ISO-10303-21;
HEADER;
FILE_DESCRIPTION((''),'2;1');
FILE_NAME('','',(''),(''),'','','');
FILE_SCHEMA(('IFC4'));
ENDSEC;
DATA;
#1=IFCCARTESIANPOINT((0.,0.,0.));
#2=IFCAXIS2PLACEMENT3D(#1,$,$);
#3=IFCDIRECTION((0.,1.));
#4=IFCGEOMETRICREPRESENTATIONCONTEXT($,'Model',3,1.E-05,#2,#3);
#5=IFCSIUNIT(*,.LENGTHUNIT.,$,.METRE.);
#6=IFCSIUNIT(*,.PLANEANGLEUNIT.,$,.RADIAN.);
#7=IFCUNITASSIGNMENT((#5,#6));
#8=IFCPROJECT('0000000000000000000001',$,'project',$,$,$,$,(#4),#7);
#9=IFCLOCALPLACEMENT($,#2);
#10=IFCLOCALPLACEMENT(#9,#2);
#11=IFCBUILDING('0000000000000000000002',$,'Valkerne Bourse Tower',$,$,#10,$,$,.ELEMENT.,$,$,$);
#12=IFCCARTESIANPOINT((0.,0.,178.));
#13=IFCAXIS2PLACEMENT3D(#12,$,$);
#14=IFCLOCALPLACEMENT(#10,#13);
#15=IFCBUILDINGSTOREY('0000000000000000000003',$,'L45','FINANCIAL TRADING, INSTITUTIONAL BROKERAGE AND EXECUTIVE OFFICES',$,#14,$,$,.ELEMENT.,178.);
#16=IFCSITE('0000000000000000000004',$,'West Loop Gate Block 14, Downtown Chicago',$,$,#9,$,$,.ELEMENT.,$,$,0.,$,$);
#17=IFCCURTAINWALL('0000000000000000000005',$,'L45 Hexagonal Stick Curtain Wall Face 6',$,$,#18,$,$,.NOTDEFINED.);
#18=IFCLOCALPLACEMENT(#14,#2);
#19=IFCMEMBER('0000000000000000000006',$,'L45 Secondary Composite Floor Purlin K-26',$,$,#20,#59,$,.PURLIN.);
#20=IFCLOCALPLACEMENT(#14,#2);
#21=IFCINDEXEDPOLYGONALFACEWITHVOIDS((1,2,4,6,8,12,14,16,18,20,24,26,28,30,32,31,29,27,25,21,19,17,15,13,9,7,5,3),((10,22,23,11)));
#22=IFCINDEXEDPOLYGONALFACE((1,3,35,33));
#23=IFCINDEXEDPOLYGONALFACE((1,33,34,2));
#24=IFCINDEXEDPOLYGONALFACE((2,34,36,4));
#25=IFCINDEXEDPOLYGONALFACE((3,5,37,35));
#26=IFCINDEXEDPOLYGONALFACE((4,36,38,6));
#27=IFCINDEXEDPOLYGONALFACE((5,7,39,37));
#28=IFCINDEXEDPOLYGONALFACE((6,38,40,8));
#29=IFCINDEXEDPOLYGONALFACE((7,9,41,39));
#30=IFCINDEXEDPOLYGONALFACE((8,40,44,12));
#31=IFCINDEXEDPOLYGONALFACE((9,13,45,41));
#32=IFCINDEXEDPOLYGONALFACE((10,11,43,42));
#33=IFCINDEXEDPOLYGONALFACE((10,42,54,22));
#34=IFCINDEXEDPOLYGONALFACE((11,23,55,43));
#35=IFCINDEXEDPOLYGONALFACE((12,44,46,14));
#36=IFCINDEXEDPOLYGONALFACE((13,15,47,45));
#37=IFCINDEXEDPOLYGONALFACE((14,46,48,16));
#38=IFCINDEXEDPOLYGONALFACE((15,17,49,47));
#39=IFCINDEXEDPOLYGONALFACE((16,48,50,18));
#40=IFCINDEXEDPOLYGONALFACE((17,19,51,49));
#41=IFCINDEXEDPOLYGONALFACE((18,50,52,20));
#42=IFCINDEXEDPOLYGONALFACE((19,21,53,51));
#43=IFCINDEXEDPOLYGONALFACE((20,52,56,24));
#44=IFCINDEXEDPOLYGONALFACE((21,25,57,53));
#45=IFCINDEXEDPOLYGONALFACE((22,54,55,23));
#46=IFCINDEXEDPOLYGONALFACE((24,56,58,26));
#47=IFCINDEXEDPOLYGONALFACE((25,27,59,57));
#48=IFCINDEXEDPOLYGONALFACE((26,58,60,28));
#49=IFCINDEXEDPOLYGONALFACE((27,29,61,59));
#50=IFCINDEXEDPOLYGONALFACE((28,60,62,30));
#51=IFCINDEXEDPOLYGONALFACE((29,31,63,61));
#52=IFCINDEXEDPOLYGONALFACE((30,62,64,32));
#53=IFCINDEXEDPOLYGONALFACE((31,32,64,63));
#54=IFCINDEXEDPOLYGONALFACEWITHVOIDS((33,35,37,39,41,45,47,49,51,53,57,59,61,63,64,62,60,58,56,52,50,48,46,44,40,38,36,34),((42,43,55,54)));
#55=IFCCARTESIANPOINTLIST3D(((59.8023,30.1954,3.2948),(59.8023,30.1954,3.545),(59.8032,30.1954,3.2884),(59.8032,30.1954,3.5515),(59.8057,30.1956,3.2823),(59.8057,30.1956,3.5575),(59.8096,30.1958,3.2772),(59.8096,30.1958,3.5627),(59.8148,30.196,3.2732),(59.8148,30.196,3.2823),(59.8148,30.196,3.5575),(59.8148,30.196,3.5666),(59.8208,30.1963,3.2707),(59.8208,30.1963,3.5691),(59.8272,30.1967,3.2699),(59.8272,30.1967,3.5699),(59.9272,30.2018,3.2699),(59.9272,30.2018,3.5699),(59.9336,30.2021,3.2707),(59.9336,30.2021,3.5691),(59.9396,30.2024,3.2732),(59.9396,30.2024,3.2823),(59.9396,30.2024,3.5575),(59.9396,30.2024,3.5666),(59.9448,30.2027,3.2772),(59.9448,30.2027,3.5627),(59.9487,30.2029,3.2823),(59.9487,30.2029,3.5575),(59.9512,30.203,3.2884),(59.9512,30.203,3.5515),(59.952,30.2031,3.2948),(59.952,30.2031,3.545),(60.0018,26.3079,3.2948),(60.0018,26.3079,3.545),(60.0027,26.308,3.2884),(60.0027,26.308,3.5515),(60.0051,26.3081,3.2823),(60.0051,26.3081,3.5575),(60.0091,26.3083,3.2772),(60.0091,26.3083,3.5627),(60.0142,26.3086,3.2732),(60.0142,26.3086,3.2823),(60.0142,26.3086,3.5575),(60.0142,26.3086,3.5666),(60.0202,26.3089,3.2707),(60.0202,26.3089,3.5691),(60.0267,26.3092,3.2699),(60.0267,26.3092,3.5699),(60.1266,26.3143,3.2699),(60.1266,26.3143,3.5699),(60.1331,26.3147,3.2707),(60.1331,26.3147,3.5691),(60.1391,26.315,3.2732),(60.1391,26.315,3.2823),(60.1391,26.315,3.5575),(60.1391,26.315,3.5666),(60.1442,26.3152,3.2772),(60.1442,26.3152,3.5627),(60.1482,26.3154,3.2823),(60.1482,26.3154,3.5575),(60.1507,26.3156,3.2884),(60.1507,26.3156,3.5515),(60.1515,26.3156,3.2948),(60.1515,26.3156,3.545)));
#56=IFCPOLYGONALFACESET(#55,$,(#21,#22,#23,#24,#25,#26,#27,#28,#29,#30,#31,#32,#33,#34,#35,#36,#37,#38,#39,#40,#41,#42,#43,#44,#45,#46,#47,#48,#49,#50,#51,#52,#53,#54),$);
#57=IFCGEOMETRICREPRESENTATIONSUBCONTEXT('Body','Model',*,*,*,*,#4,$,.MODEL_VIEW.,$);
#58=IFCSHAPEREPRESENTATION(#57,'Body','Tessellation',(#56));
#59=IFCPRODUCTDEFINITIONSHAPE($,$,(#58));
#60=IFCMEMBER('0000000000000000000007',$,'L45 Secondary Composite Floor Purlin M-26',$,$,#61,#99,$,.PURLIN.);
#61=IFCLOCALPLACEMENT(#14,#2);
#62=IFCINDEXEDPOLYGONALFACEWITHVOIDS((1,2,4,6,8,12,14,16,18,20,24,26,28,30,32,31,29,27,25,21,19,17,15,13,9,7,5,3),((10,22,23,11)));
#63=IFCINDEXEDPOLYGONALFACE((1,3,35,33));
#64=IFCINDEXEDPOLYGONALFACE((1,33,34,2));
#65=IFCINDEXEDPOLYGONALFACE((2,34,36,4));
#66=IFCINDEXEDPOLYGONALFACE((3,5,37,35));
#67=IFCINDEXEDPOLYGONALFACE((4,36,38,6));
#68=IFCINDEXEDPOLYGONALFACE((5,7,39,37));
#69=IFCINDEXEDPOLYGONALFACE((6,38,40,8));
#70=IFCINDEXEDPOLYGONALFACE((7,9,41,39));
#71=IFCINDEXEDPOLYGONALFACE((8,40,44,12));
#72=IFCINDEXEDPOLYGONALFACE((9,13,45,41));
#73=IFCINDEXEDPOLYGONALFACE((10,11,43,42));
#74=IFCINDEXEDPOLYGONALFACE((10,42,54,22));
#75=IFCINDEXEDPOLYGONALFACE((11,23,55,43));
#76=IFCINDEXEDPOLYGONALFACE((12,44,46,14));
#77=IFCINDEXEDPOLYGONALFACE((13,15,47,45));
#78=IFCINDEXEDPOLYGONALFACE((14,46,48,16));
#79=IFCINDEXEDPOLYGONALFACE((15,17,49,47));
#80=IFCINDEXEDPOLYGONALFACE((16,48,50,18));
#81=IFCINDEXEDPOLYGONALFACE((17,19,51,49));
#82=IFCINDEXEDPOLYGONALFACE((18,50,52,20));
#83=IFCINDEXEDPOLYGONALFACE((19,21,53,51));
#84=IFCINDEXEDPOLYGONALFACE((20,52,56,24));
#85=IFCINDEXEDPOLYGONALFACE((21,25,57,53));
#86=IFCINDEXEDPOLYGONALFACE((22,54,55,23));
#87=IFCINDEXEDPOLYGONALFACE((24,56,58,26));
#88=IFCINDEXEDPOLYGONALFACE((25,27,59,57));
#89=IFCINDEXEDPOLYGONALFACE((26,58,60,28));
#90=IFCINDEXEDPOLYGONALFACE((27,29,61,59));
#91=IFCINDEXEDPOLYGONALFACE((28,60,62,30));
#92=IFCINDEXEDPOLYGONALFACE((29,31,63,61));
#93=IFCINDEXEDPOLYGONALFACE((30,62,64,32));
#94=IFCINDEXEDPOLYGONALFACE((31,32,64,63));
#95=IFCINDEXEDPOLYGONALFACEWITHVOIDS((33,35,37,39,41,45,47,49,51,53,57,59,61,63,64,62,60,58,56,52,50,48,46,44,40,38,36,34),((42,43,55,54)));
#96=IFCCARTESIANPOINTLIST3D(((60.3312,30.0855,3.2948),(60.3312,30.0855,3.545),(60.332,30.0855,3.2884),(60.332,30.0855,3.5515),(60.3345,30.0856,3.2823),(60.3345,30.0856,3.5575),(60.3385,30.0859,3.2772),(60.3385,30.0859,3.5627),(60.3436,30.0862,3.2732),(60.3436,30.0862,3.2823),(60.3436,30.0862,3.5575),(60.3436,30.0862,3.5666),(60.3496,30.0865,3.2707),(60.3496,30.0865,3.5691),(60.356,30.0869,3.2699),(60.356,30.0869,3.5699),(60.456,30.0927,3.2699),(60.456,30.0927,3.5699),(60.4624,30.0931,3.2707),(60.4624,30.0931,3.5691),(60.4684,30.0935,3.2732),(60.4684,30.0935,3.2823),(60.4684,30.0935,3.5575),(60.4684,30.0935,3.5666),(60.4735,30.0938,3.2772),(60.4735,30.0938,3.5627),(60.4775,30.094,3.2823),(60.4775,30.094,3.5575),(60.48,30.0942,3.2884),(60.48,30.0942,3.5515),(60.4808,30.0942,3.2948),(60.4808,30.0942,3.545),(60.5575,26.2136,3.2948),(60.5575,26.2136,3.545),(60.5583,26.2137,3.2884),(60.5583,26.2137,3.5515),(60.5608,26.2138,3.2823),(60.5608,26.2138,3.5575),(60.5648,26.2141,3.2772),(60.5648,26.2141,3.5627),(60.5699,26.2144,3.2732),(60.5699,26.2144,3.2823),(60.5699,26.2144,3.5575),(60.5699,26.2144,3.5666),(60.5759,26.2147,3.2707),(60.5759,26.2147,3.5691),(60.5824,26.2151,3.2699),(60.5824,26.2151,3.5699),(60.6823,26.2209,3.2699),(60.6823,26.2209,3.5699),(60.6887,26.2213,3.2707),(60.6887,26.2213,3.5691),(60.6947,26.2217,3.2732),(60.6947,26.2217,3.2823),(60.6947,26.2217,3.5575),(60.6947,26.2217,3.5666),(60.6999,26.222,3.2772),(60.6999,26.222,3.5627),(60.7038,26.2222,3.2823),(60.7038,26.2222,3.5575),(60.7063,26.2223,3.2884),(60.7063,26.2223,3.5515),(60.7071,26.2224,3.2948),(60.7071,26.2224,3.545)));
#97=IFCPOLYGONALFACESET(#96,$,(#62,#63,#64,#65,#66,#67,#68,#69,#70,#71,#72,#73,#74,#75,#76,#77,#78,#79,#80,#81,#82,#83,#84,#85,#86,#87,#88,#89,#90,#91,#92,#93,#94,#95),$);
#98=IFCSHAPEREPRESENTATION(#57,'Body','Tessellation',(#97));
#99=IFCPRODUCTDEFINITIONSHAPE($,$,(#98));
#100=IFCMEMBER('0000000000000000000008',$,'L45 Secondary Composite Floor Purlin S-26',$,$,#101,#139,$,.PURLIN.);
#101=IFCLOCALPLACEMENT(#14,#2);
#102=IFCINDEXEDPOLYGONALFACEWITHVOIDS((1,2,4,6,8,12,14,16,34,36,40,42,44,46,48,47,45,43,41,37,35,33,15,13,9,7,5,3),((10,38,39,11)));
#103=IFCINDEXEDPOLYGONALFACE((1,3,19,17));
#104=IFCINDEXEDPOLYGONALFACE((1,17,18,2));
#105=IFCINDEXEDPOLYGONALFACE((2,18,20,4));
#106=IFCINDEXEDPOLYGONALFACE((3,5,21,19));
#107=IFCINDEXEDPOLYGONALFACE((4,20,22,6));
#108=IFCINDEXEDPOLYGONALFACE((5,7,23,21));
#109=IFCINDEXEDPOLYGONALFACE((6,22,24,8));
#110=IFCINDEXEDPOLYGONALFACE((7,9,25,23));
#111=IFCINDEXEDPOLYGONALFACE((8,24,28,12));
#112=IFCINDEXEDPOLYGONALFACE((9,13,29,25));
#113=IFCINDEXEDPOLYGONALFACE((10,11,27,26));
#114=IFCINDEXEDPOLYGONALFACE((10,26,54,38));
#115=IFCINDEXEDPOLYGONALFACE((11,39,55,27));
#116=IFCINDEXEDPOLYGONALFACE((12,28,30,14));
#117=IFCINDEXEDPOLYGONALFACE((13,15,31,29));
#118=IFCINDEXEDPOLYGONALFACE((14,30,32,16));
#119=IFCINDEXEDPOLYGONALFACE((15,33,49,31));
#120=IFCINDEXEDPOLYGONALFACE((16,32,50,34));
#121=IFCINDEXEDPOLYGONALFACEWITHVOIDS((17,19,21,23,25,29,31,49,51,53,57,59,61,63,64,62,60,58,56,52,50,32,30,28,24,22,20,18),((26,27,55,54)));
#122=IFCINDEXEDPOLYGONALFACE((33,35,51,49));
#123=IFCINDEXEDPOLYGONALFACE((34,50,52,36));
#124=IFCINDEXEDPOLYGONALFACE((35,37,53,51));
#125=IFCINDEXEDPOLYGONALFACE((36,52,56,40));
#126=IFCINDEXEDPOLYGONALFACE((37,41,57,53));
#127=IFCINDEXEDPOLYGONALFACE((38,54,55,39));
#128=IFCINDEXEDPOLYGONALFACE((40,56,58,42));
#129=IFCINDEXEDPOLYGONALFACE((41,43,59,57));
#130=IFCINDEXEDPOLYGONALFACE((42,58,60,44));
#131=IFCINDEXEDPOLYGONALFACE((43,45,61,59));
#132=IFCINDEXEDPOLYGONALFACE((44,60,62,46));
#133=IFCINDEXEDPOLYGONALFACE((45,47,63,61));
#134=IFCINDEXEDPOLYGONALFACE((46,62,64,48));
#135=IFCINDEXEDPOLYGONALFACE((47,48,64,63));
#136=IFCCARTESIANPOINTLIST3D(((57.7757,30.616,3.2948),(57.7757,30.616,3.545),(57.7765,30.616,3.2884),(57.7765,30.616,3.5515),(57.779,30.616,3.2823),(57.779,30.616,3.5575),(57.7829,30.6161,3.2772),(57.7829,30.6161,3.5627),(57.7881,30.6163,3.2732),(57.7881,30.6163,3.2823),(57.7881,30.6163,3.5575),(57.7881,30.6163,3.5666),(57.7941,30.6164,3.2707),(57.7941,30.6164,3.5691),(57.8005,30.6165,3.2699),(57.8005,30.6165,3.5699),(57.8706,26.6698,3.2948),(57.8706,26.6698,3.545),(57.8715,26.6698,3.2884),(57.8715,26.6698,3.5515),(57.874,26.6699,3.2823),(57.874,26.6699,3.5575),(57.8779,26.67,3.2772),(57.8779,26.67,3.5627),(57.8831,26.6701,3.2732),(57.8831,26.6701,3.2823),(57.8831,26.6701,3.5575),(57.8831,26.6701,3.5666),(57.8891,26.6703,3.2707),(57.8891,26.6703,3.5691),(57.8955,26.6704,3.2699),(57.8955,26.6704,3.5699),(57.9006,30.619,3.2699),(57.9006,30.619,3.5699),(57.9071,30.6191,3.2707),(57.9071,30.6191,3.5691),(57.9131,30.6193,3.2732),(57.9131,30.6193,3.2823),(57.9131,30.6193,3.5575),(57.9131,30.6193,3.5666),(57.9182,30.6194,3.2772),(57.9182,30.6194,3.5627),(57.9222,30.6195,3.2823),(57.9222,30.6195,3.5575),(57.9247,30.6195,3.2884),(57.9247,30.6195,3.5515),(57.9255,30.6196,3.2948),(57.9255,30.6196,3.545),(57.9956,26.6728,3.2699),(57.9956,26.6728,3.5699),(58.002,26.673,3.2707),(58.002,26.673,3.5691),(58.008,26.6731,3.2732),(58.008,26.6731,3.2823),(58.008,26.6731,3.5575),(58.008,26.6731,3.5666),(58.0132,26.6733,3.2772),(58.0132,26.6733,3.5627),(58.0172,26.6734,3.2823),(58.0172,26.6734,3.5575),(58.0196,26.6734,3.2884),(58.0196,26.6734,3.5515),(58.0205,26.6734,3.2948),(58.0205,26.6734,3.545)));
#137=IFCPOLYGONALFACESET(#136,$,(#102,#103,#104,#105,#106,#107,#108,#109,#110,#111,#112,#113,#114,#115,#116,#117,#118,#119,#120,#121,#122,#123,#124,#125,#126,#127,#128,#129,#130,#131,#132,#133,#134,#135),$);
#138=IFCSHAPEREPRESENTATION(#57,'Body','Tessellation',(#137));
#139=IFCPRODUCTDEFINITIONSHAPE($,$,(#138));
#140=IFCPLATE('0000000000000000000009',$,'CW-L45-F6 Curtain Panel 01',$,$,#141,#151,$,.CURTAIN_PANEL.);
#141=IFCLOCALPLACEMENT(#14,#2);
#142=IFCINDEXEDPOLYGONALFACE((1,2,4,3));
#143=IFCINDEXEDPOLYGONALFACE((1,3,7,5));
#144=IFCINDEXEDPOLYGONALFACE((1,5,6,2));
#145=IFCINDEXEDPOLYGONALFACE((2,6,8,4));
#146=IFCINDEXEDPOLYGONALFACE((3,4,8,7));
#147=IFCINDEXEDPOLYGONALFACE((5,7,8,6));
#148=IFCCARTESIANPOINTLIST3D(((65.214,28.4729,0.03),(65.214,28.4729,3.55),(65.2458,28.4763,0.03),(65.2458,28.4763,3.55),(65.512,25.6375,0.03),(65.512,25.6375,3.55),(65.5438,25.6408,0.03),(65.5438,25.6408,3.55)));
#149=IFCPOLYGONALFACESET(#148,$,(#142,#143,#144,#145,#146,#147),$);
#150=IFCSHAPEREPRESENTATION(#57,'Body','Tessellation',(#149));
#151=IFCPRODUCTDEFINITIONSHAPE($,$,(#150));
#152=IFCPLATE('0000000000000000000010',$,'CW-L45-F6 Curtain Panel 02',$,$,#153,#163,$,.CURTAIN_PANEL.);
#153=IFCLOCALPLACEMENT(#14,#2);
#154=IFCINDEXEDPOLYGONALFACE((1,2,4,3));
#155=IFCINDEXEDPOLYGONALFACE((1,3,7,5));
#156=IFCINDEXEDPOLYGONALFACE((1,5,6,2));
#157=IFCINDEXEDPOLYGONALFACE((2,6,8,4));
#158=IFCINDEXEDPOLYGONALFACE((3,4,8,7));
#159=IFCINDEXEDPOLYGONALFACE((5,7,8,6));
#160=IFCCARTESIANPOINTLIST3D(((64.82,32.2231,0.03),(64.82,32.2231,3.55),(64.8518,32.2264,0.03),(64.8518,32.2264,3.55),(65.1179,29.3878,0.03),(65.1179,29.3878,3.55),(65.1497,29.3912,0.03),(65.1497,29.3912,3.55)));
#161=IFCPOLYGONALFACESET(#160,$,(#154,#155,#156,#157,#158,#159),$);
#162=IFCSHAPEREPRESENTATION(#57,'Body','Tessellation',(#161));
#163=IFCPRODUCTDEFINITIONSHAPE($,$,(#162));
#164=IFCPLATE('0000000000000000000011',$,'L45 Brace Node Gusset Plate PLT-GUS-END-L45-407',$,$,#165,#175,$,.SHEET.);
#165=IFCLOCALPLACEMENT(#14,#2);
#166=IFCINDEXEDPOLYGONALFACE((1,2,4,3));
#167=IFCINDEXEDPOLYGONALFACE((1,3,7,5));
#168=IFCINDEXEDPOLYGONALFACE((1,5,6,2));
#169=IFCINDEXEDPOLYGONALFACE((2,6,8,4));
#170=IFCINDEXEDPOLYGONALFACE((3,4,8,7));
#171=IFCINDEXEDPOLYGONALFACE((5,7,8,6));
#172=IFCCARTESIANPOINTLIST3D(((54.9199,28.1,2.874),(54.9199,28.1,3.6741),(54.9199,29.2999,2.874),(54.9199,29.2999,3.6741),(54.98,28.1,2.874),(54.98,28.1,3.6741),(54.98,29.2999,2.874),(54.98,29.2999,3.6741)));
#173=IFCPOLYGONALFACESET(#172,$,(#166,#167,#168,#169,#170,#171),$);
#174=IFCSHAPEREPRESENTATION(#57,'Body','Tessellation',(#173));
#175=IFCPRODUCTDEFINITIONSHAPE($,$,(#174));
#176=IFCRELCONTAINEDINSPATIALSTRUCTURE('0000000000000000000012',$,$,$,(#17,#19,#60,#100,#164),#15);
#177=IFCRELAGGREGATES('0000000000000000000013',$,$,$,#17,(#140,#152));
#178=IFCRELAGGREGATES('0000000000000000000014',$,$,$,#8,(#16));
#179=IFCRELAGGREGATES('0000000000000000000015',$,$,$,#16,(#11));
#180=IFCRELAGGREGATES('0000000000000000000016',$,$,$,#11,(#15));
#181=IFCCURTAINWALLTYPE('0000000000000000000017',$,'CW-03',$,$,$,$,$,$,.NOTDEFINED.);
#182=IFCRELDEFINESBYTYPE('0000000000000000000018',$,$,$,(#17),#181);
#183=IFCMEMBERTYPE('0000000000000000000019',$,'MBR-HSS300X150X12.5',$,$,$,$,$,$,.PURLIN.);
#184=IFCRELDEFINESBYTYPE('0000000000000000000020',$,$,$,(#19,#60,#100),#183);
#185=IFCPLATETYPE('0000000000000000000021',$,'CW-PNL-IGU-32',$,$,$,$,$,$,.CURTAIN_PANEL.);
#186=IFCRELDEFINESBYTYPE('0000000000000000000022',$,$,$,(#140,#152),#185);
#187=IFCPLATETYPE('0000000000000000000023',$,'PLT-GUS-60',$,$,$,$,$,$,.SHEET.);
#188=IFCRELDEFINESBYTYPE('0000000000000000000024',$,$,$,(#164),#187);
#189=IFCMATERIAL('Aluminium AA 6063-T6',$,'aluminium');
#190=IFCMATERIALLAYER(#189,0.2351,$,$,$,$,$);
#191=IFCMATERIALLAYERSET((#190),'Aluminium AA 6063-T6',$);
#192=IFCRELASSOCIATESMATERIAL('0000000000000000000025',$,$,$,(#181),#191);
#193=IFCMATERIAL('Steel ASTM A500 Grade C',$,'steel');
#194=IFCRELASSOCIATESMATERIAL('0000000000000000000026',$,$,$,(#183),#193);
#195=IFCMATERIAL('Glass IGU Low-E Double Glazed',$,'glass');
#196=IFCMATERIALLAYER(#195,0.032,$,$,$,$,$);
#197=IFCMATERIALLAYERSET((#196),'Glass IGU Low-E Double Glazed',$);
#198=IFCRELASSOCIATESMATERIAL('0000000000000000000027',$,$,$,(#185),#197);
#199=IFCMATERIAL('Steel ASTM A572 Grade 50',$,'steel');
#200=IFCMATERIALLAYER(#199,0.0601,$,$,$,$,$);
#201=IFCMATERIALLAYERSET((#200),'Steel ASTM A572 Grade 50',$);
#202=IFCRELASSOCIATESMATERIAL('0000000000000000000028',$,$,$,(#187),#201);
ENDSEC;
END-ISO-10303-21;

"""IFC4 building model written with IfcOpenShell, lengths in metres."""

from ifc_helpers import new_model, si_unit, direction, frame, origin, origin_2d, place, context, subcontext, project, spatial, rectangle, hollow_rectangle, extrude, material, layer, layer_set, material_profile, profile_set, type_object, element, aggregate, save


model = new_model("IFC4")

# Units and contexts
model_context = context("Model", 3, precision=1e-05, world=origin(), true_north=direction((0.0, 1.0)))
body_context = subcontext(model_context, "Body", "Model", "MODEL_VIEW")
ifc_project = project(units=[si_unit("LENGTHUNIT", "METRE"), si_unit("PLANEANGLEUNIT", "RADIAN")], contexts=[model_context])

# Site, building, storey
site_placement = place(None, origin())
site = spatial("IfcSite", under=ifc_project, at=site_placement, Name="West Loop Gate Block 14, Downtown Chicago", CompositionType="ELEMENT", RefElevation=0.0)
building_placement = place(site_placement, origin())
building = spatial("IfcBuilding", under=site, at=building_placement, Name="Valkerne Bourse Tower", CompositionType="ELEMENT")
storey_placement = place(building_placement, frame((0.0, 0.0, 178.0)))
storey = spatial("IfcBuildingStorey", under=building, at=storey_placement, Name="L45", Description="FINANCIAL TRADING, INSTITUTIONAL BROKERAGE AND EXECUTIVE OFFICES", CompositionType="ELEMENT", Elevation=178.0)

# Curtain wall
ifc_material_1 = material(Name="Aluminium AA 6063-T6", Category="aluminium")
ifc_layer_1 = layer(ifc_material_1, 0.2351)
ifc_layer_set_1 = layer_set([ifc_layer_1], Name="Aluminium AA 6063-T6")
curtain_wall_type = type_object("IfcCurtainWallType", Name="CW-03", PredefinedType="NOTDEFINED", material=ifc_layer_set_1)
curtain_wall_placement = place(storey_placement, origin())
curtain_wall = element("IfcCurtainWall", 1, at=curtain_wall_placement, inside=storey, type_object=curtain_wall_type, Name="L45 Hexagonal Stick Curtain Wall Face 6", PredefinedType="NOTDEFINED")

# Members
ifc_material_2 = material(Name="Steel ASTM A500 Grade C", Category="steel")
ifc_material_profile_1 = material_profile(ifc_material_2, hollow_rectangle(XDim=0.1499, YDim=0.3, WallThickness=0.0125, OuterFilletRadius=0.0249, at=origin_2d()), Name="HSS300X150X12.5")
ifc_profile_set_1 = profile_set([ifc_material_profile_1], Name="Steel ASTM A500 Grade C")
member_type_1 = type_object("IfcMemberType", Name="MBR-HSS300X150X12.5", PredefinedType="PURLIN", material=ifc_profile_set_1)
member_1_placement = place(storey_placement, frame((60.0767, 26.3118, 3.4199), z_axis=(-0.051242, 0.998686, 0.0), x_axis=(-0.998686, -0.051242, 0.0)))
element("IfcMember", 2, at=member_1_placement, inside=storey, type_object=member_type_1, Name="L45 Secondary Composite Floor Purlin K-26", PredefinedType="PURLIN", context=body_context, shape_type="SweptSolid", body=[
    extrude(hollow_rectangle(XDim=0.1499, YDim=0.3, WallThickness=0.0125, OuterFilletRadius=0.0249, at=origin_2d()), origin(), (0.0, 0.0, 1.0), 3.8926),
])
member_2_placement = place(storey_placement, frame((60.6323, 26.218, 3.4199), z_axis=(-0.058353, 0.998296, 0.0), x_axis=(-0.998296, -0.058353, 0.0)))
element("IfcMember", 3, at=member_2_placement, inside=storey, type_object=member_type_1, Name="L45 Secondary Composite Floor Purlin M-26", PredefinedType="PURLIN", context=body_context, shape_type="SweptSolid", body=[
    extrude(hollow_rectangle(XDim=0.1499, YDim=0.3, WallThickness=0.0125, OuterFilletRadius=0.0249, at=origin_2d()), origin(), (0.0, 0.0, 1.0), 3.8784),
])
member_3_placement = place(storey_placement, frame((57.9456, 26.6716, 3.4199), z_axis=(-0.02406, 0.999711, 0.0), x_axis=(-0.999711, -0.02406, 0.0)))
element("IfcMember", 4, at=member_3_placement, inside=storey, type_object=member_type_1, Name="L45 Secondary Composite Floor Purlin S-26", PredefinedType="PURLIN", context=body_context, shape_type="SweptSolid", body=[
    extrude(hollow_rectangle(XDim=0.1499, YDim=0.3, WallThickness=0.0125, OuterFilletRadius=0.0249, at=origin_2d()), origin(), (0.0, 0.0, 1.0), 3.9473),
])

# Plates
ifc_material_3 = material(Name="Glass IGU Low-E Double Glazed", Category="glass")
ifc_layer_2 = layer(ifc_material_3, 0.032)
ifc_layer_set_2 = layer_set([ifc_layer_2], Name="Glass IGU Low-E Double Glazed")
plate_type_1 = type_object("IfcPlateType", Name="CW-PNL-IGU-32", PredefinedType="CURTAIN_PANEL", material=ifc_layer_set_2)
plate_1_placement = place(storey_placement, frame((65.3789, 27.0569, 0.03), z_axis=(0.0, 0.0, 1.0), x_axis=(-0.104533, 0.994521, 0.0)))
plate_1 = element("IfcPlate", 5, at=plate_1_placement, type_object=plate_type_1, Name="CW-L45-F6 Curtain Panel 01", PredefinedType="CURTAIN_PANEL", context=body_context, shape_type="SweptSolid", body=[
    extrude(rectangle(XDim=2.8511, YDim=0.032, at=origin_2d()), origin(), (0.0, 0.0, 1.0), 3.52),
])
plate_2_placement = place(storey_placement, frame((64.9849, 30.8071, 0.03), z_axis=(0.0, 0.0, 1.0), x_axis=(-0.104509, 0.994524, 0.0)))
plate_2 = element("IfcPlate", 6, at=plate_2_placement, type_object=plate_type_1, Name="CW-L45-F6 Curtain Panel 02", PredefinedType="CURTAIN_PANEL", context=body_context, shape_type="SweptSolid", body=[
    extrude(rectangle(XDim=2.8508, YDim=0.032, at=origin_2d()), origin(), (0.0, 0.0, 1.0), 3.52),
])
aggregate(curtain_wall, [plate_1, plate_2])
ifc_material_4 = material(Name="Steel ASTM A572 Grade 50", Category="steel")
ifc_layer_3 = layer(ifc_material_4, 0.0601)
ifc_layer_set_3 = layer_set([ifc_layer_3], Name="Steel ASTM A572 Grade 50")
plate_type_2 = type_object("IfcPlateType", Name="PLT-GUS-60", PredefinedType="SHEET", material=ifc_layer_set_3)
plate_3_placement = place(storey_placement, frame((54.95, 28.7, 2.874), z_axis=(0.0, 0.0, 1.0), x_axis=(0.0, 1.0, 0.0)))
element("IfcPlate", 7, at=plate_3_placement, inside=storey, type_object=plate_type_2, Name="L45 Brace Node Gusset Plate PLT-GUS-END-L45-407", PredefinedType="SHEET", context=body_context, shape_type="SweptSolid", body=[
    extrude(rectangle(XDim=1.2, YDim=0.0601, at=origin_2d()), origin(), (0.0, 0.0, 1.0), 0.8),
])

save(model, "model.ifc")
